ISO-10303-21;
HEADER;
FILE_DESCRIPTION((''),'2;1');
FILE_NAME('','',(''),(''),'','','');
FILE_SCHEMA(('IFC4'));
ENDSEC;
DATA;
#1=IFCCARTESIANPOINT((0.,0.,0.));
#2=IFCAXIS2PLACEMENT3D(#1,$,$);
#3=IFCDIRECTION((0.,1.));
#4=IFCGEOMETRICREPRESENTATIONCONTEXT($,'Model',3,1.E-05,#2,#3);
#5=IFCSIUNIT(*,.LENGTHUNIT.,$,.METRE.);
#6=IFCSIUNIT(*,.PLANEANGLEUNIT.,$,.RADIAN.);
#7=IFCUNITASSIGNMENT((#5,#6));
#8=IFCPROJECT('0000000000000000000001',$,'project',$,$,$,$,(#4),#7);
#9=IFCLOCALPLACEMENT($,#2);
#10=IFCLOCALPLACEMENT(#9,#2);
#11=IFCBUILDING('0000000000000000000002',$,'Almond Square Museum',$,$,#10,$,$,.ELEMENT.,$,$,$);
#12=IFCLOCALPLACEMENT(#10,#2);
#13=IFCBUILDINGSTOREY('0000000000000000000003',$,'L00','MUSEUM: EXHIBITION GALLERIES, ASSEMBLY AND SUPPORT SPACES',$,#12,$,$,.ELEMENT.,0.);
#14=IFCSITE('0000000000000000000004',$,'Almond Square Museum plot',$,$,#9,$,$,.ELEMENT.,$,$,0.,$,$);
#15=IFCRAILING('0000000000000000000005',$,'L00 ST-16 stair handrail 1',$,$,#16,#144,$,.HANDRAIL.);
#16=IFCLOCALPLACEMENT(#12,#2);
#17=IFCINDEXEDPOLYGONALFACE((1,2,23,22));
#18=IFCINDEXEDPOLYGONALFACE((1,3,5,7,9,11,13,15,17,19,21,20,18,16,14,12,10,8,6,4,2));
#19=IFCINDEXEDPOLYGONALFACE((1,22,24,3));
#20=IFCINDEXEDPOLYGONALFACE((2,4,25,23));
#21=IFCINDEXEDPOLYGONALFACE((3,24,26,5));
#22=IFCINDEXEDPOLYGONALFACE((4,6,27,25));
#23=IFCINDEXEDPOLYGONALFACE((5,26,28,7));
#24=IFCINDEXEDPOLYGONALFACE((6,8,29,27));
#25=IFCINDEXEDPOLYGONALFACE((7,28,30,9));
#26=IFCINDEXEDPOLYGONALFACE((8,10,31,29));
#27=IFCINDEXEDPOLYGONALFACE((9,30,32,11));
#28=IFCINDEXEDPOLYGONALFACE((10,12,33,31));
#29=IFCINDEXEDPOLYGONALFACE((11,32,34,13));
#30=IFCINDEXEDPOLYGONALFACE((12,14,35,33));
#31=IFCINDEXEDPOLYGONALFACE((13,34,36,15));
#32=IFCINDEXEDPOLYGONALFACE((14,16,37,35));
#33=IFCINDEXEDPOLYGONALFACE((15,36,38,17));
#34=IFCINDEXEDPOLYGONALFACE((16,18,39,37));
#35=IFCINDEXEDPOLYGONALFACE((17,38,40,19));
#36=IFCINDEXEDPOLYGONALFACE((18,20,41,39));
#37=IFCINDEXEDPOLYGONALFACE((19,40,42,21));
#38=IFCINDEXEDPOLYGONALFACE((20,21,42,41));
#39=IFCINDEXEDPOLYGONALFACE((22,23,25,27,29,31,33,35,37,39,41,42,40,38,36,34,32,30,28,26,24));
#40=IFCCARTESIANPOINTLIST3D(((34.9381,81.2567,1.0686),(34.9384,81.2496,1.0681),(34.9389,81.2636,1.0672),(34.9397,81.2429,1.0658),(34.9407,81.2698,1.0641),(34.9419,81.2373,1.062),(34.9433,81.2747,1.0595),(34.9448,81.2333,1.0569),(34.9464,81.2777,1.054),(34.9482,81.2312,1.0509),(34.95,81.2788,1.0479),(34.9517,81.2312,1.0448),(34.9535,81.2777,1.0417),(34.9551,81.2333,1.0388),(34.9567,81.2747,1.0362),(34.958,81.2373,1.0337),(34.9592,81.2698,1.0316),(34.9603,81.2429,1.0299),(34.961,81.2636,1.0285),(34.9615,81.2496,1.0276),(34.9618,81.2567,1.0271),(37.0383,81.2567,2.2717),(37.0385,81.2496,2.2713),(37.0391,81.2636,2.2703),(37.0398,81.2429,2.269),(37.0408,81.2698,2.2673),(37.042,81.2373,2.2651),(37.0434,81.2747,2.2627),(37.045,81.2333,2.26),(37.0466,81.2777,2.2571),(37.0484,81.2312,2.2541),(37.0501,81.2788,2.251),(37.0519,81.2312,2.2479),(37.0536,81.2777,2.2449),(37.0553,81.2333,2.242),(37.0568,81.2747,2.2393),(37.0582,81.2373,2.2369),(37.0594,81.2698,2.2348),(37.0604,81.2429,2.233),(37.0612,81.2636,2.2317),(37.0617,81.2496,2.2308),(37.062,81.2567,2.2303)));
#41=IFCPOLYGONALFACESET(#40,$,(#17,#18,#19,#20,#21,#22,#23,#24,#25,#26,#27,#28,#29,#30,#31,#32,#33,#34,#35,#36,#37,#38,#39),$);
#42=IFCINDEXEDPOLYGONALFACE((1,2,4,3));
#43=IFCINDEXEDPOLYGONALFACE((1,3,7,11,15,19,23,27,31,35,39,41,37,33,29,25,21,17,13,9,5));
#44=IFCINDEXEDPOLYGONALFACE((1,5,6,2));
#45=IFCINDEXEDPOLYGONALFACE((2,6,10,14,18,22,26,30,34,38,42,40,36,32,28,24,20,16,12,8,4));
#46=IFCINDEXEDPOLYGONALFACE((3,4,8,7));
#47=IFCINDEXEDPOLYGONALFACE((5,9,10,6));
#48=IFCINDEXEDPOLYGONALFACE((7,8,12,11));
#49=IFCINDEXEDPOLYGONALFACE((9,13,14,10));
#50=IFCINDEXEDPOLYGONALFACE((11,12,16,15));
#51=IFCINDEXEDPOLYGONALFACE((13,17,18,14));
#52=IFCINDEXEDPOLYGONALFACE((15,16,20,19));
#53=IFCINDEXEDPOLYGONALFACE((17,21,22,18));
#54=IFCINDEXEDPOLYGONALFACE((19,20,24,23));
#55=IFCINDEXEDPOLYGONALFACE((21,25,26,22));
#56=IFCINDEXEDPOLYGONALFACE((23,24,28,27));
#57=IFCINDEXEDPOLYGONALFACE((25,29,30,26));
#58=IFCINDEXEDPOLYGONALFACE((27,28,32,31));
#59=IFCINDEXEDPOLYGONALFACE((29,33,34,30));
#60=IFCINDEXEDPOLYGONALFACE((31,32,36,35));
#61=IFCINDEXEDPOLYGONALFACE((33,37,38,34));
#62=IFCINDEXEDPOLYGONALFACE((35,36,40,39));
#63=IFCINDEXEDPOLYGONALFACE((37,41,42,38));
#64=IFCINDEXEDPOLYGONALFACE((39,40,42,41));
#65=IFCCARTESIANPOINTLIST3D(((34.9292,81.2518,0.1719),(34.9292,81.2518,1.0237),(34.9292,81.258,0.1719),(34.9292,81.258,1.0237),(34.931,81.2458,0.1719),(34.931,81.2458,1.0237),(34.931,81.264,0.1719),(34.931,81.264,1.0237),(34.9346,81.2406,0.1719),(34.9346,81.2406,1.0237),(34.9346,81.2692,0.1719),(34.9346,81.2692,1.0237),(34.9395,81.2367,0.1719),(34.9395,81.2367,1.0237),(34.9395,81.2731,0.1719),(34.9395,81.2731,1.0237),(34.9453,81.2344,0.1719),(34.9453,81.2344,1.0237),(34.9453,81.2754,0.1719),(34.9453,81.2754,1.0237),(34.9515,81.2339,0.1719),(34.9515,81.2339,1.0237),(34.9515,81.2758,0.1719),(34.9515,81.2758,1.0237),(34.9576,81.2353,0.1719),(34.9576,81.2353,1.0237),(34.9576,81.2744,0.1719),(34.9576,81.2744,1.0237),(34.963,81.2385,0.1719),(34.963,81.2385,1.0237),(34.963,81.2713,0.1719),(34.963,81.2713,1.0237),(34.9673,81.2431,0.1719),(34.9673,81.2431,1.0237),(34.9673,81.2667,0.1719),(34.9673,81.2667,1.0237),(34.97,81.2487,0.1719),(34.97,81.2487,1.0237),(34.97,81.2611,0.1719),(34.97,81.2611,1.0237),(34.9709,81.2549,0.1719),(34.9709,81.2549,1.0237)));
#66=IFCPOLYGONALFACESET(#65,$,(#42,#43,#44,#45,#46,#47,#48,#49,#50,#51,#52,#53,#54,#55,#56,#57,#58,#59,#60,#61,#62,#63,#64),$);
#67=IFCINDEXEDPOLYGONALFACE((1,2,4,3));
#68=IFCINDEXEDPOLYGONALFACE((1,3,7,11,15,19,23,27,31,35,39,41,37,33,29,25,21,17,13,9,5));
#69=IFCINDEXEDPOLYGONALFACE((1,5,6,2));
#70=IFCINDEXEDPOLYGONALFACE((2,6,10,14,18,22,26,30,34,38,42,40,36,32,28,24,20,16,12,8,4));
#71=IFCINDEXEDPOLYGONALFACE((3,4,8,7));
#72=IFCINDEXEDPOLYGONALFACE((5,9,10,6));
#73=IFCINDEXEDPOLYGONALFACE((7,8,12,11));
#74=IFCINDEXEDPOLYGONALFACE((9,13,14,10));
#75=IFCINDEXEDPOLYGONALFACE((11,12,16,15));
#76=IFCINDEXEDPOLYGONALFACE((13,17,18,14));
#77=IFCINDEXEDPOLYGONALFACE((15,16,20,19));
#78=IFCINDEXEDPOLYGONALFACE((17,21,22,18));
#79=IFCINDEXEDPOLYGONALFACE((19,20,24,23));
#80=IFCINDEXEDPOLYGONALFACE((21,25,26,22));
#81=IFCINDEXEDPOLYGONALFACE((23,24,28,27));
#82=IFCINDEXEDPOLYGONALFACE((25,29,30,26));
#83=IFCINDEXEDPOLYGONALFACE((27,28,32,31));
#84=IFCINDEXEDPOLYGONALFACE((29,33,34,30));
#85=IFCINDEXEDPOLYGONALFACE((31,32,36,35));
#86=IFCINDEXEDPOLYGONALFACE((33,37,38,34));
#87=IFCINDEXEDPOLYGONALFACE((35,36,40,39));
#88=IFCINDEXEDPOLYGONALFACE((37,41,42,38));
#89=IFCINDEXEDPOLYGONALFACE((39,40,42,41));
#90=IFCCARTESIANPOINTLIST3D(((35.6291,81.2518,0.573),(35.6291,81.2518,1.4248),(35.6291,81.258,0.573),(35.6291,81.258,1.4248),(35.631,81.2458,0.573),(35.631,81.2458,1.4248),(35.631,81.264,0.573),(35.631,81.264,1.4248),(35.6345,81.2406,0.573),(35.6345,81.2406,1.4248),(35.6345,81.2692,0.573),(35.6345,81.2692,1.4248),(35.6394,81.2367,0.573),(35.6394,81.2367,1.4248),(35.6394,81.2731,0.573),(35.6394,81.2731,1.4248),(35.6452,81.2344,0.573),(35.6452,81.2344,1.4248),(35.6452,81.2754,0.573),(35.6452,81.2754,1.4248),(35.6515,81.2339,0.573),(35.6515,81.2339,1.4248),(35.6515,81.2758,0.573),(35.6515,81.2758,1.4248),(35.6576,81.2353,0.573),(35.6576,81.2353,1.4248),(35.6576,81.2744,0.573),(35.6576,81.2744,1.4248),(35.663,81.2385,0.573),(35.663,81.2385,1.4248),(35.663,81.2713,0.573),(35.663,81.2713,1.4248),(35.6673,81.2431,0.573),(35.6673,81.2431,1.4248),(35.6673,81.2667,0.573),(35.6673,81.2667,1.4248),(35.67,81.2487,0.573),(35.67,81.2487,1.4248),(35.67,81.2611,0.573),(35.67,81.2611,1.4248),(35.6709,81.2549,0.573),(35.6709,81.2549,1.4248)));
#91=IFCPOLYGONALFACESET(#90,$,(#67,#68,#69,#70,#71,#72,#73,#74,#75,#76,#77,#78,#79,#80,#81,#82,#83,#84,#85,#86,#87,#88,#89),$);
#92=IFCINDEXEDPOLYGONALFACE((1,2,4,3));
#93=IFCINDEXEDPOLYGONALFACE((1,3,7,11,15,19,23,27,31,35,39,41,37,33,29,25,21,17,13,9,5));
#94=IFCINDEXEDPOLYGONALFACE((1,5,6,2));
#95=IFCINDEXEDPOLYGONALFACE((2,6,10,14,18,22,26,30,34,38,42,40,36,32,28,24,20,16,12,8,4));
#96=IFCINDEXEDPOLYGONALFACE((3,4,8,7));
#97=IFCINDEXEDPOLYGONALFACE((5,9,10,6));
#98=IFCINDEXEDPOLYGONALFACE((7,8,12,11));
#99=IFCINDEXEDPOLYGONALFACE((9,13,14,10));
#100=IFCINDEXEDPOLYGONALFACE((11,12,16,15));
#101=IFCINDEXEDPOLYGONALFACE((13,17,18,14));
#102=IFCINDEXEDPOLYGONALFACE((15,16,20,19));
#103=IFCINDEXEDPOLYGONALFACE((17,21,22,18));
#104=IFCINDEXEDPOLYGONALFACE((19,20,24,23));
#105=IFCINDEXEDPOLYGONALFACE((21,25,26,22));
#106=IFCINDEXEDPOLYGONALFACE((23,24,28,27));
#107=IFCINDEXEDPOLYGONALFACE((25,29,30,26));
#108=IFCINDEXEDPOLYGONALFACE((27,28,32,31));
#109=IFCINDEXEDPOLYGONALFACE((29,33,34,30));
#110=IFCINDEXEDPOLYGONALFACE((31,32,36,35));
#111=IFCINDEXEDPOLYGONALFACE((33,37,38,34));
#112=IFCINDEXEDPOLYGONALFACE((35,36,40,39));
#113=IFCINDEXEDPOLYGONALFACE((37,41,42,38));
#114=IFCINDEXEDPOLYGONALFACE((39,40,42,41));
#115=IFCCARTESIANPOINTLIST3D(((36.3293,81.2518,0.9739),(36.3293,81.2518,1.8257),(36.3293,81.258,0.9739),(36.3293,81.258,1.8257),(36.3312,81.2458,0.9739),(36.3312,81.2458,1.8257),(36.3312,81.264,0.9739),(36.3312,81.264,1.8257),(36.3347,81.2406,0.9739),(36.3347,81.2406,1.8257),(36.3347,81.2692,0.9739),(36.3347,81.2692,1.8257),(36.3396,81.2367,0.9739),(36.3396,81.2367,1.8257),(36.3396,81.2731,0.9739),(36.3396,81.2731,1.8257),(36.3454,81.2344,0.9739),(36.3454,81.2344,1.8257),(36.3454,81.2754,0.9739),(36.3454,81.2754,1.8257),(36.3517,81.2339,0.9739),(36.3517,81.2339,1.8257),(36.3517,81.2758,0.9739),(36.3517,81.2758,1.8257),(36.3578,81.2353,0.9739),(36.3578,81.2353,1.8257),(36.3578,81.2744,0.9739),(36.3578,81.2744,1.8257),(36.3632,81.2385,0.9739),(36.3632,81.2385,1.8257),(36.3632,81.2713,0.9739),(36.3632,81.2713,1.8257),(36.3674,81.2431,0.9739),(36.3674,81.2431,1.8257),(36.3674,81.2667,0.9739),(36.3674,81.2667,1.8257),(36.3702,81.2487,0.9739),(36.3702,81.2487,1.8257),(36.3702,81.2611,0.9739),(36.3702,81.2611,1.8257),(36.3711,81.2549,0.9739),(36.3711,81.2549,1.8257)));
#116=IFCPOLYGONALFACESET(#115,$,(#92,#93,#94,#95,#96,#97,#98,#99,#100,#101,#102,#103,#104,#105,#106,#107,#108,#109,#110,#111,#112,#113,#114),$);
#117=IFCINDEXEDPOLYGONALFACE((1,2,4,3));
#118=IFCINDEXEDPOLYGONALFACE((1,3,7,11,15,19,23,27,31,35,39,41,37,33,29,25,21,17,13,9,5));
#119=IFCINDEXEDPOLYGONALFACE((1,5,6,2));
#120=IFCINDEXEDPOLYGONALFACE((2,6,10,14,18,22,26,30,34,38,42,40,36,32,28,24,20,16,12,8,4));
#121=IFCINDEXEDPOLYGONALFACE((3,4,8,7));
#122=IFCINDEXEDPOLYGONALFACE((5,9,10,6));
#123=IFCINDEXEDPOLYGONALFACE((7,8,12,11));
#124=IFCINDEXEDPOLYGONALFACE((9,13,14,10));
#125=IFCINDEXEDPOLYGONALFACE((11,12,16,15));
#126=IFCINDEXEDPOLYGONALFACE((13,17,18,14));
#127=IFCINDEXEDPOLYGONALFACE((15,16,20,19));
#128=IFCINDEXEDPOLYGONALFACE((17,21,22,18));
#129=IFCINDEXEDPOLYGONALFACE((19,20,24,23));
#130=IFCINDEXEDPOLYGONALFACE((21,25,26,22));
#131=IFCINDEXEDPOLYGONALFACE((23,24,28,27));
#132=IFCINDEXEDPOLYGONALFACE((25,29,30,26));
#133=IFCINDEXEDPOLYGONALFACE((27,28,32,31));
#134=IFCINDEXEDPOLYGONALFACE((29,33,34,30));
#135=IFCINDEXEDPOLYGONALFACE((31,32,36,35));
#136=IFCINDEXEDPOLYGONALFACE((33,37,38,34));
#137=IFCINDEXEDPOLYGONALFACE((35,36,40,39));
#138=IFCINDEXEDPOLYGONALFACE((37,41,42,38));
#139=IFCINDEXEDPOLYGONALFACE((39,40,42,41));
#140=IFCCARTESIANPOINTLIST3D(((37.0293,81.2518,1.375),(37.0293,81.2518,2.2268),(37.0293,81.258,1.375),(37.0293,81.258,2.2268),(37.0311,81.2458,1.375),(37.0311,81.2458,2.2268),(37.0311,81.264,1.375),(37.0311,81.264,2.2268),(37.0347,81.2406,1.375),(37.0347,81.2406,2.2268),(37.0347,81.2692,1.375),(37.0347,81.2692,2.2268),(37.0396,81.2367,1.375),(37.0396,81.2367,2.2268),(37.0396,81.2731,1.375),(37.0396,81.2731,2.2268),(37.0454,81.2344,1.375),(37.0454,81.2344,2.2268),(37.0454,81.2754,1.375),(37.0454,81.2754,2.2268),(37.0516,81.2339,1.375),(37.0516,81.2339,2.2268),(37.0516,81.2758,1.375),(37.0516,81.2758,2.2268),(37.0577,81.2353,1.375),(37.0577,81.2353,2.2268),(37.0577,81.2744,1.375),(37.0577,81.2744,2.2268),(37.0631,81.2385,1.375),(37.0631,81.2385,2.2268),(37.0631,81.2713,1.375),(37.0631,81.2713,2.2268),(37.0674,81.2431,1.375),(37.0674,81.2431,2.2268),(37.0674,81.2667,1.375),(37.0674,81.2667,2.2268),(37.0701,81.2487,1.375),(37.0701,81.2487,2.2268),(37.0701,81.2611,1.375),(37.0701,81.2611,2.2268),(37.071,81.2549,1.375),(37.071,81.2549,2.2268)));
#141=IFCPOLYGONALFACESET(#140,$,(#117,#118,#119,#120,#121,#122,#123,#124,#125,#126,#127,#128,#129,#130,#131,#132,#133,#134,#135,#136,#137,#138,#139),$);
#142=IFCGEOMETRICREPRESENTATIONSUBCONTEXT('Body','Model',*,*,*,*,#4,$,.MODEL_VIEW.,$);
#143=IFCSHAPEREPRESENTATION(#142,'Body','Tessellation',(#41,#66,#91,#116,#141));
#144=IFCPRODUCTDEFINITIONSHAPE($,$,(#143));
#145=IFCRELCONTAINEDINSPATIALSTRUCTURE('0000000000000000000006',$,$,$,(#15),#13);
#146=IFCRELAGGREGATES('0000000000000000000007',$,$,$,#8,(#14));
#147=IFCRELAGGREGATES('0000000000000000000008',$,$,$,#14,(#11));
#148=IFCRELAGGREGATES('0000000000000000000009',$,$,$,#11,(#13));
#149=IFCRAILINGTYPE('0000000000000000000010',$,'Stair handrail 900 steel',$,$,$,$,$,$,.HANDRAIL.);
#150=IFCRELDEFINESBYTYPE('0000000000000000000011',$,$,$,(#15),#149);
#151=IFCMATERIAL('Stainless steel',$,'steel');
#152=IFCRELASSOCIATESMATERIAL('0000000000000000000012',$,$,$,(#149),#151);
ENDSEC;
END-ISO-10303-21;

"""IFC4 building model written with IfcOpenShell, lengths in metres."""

from ifc_helpers import new_model, si_unit, direction, frame, origin, origin_2d, place, context, subcontext, project, spatial, circle, extrude, material, type_object, element, save


model = new_model("IFC4")

# Units and contexts
model_context = context("Model", 3, precision=1e-05, world=origin(), true_north=direction((0.0, 1.0)))
body_context = subcontext(model_context, "Body", "Model", "MODEL_VIEW")
ifc_project = project(units=[si_unit("LENGTHUNIT", "METRE"), si_unit("PLANEANGLEUNIT", "RADIAN")], contexts=[model_context])

# Site, building, storey
site_placement = place(None, origin())
site = spatial("IfcSite", under=ifc_project, at=site_placement, Name="Almond Square Museum plot", CompositionType="ELEMENT", RefElevation=0.0)
building_placement = place(site_placement, origin())
building = spatial("IfcBuilding", under=site, at=building_placement, Name="Almond Square Museum", CompositionType="ELEMENT")
storey_placement = place(building_placement, origin())
storey = spatial("IfcBuildingStorey", under=building, at=storey_placement, Name="L00", Description="MUSEUM: EXHIBITION GALLERIES, ASSEMBLY AND SUPPORT SPACES", CompositionType="ELEMENT", Elevation=0.0)

# Railing
ifc_material_1 = material(Name="Stainless steel", Category="steel")
railing_type_1 = type_object("IfcRailingType", Name="Stair handrail 900 steel", PredefinedType="HANDRAIL", material=ifc_material_1)
railing_1_placement = place(storey_placement, frame((34.95, 81.2549, 0.1719)))
element("IfcRailing", 1, at=railing_1_placement, inside=storey, type_object=railing_type_1, Name="L00 ST-16 stair handrail 1", PredefinedType="HANDRAIL", context=body_context, shape_type="SweptSolid", body=[
    extrude(circle(Radius=0.0239, at=origin_2d()), frame((0.0, 0.0, 0.876), z_axis=(0.867696, 0.0, 0.497095), x_axis=(0.0, 1.0, 0.0)), (0.0, 0.0, 1.0), 2.4204),
    extrude(circle(Radius=0.021, at=origin_2d()), origin(), (0.0, 0.0, 1.0), 0.8518),
    extrude(circle(Radius=0.021, at=origin_2d()), frame((0.7, 0.0, 0.4011)), (0.0, 0.0, 1.0), 0.8518),
    extrude(circle(Radius=0.021, at=origin_2d()), frame((1.4001, 0.0, 0.802)), (0.0, 0.0, 1.0), 0.8518),
    extrude(circle(Radius=0.021, at=origin_2d()), frame((2.1001, 0.0, 1.2031)), (0.0, 0.0, 1.0), 0.8518),
])

save(model, "model.ifc")
